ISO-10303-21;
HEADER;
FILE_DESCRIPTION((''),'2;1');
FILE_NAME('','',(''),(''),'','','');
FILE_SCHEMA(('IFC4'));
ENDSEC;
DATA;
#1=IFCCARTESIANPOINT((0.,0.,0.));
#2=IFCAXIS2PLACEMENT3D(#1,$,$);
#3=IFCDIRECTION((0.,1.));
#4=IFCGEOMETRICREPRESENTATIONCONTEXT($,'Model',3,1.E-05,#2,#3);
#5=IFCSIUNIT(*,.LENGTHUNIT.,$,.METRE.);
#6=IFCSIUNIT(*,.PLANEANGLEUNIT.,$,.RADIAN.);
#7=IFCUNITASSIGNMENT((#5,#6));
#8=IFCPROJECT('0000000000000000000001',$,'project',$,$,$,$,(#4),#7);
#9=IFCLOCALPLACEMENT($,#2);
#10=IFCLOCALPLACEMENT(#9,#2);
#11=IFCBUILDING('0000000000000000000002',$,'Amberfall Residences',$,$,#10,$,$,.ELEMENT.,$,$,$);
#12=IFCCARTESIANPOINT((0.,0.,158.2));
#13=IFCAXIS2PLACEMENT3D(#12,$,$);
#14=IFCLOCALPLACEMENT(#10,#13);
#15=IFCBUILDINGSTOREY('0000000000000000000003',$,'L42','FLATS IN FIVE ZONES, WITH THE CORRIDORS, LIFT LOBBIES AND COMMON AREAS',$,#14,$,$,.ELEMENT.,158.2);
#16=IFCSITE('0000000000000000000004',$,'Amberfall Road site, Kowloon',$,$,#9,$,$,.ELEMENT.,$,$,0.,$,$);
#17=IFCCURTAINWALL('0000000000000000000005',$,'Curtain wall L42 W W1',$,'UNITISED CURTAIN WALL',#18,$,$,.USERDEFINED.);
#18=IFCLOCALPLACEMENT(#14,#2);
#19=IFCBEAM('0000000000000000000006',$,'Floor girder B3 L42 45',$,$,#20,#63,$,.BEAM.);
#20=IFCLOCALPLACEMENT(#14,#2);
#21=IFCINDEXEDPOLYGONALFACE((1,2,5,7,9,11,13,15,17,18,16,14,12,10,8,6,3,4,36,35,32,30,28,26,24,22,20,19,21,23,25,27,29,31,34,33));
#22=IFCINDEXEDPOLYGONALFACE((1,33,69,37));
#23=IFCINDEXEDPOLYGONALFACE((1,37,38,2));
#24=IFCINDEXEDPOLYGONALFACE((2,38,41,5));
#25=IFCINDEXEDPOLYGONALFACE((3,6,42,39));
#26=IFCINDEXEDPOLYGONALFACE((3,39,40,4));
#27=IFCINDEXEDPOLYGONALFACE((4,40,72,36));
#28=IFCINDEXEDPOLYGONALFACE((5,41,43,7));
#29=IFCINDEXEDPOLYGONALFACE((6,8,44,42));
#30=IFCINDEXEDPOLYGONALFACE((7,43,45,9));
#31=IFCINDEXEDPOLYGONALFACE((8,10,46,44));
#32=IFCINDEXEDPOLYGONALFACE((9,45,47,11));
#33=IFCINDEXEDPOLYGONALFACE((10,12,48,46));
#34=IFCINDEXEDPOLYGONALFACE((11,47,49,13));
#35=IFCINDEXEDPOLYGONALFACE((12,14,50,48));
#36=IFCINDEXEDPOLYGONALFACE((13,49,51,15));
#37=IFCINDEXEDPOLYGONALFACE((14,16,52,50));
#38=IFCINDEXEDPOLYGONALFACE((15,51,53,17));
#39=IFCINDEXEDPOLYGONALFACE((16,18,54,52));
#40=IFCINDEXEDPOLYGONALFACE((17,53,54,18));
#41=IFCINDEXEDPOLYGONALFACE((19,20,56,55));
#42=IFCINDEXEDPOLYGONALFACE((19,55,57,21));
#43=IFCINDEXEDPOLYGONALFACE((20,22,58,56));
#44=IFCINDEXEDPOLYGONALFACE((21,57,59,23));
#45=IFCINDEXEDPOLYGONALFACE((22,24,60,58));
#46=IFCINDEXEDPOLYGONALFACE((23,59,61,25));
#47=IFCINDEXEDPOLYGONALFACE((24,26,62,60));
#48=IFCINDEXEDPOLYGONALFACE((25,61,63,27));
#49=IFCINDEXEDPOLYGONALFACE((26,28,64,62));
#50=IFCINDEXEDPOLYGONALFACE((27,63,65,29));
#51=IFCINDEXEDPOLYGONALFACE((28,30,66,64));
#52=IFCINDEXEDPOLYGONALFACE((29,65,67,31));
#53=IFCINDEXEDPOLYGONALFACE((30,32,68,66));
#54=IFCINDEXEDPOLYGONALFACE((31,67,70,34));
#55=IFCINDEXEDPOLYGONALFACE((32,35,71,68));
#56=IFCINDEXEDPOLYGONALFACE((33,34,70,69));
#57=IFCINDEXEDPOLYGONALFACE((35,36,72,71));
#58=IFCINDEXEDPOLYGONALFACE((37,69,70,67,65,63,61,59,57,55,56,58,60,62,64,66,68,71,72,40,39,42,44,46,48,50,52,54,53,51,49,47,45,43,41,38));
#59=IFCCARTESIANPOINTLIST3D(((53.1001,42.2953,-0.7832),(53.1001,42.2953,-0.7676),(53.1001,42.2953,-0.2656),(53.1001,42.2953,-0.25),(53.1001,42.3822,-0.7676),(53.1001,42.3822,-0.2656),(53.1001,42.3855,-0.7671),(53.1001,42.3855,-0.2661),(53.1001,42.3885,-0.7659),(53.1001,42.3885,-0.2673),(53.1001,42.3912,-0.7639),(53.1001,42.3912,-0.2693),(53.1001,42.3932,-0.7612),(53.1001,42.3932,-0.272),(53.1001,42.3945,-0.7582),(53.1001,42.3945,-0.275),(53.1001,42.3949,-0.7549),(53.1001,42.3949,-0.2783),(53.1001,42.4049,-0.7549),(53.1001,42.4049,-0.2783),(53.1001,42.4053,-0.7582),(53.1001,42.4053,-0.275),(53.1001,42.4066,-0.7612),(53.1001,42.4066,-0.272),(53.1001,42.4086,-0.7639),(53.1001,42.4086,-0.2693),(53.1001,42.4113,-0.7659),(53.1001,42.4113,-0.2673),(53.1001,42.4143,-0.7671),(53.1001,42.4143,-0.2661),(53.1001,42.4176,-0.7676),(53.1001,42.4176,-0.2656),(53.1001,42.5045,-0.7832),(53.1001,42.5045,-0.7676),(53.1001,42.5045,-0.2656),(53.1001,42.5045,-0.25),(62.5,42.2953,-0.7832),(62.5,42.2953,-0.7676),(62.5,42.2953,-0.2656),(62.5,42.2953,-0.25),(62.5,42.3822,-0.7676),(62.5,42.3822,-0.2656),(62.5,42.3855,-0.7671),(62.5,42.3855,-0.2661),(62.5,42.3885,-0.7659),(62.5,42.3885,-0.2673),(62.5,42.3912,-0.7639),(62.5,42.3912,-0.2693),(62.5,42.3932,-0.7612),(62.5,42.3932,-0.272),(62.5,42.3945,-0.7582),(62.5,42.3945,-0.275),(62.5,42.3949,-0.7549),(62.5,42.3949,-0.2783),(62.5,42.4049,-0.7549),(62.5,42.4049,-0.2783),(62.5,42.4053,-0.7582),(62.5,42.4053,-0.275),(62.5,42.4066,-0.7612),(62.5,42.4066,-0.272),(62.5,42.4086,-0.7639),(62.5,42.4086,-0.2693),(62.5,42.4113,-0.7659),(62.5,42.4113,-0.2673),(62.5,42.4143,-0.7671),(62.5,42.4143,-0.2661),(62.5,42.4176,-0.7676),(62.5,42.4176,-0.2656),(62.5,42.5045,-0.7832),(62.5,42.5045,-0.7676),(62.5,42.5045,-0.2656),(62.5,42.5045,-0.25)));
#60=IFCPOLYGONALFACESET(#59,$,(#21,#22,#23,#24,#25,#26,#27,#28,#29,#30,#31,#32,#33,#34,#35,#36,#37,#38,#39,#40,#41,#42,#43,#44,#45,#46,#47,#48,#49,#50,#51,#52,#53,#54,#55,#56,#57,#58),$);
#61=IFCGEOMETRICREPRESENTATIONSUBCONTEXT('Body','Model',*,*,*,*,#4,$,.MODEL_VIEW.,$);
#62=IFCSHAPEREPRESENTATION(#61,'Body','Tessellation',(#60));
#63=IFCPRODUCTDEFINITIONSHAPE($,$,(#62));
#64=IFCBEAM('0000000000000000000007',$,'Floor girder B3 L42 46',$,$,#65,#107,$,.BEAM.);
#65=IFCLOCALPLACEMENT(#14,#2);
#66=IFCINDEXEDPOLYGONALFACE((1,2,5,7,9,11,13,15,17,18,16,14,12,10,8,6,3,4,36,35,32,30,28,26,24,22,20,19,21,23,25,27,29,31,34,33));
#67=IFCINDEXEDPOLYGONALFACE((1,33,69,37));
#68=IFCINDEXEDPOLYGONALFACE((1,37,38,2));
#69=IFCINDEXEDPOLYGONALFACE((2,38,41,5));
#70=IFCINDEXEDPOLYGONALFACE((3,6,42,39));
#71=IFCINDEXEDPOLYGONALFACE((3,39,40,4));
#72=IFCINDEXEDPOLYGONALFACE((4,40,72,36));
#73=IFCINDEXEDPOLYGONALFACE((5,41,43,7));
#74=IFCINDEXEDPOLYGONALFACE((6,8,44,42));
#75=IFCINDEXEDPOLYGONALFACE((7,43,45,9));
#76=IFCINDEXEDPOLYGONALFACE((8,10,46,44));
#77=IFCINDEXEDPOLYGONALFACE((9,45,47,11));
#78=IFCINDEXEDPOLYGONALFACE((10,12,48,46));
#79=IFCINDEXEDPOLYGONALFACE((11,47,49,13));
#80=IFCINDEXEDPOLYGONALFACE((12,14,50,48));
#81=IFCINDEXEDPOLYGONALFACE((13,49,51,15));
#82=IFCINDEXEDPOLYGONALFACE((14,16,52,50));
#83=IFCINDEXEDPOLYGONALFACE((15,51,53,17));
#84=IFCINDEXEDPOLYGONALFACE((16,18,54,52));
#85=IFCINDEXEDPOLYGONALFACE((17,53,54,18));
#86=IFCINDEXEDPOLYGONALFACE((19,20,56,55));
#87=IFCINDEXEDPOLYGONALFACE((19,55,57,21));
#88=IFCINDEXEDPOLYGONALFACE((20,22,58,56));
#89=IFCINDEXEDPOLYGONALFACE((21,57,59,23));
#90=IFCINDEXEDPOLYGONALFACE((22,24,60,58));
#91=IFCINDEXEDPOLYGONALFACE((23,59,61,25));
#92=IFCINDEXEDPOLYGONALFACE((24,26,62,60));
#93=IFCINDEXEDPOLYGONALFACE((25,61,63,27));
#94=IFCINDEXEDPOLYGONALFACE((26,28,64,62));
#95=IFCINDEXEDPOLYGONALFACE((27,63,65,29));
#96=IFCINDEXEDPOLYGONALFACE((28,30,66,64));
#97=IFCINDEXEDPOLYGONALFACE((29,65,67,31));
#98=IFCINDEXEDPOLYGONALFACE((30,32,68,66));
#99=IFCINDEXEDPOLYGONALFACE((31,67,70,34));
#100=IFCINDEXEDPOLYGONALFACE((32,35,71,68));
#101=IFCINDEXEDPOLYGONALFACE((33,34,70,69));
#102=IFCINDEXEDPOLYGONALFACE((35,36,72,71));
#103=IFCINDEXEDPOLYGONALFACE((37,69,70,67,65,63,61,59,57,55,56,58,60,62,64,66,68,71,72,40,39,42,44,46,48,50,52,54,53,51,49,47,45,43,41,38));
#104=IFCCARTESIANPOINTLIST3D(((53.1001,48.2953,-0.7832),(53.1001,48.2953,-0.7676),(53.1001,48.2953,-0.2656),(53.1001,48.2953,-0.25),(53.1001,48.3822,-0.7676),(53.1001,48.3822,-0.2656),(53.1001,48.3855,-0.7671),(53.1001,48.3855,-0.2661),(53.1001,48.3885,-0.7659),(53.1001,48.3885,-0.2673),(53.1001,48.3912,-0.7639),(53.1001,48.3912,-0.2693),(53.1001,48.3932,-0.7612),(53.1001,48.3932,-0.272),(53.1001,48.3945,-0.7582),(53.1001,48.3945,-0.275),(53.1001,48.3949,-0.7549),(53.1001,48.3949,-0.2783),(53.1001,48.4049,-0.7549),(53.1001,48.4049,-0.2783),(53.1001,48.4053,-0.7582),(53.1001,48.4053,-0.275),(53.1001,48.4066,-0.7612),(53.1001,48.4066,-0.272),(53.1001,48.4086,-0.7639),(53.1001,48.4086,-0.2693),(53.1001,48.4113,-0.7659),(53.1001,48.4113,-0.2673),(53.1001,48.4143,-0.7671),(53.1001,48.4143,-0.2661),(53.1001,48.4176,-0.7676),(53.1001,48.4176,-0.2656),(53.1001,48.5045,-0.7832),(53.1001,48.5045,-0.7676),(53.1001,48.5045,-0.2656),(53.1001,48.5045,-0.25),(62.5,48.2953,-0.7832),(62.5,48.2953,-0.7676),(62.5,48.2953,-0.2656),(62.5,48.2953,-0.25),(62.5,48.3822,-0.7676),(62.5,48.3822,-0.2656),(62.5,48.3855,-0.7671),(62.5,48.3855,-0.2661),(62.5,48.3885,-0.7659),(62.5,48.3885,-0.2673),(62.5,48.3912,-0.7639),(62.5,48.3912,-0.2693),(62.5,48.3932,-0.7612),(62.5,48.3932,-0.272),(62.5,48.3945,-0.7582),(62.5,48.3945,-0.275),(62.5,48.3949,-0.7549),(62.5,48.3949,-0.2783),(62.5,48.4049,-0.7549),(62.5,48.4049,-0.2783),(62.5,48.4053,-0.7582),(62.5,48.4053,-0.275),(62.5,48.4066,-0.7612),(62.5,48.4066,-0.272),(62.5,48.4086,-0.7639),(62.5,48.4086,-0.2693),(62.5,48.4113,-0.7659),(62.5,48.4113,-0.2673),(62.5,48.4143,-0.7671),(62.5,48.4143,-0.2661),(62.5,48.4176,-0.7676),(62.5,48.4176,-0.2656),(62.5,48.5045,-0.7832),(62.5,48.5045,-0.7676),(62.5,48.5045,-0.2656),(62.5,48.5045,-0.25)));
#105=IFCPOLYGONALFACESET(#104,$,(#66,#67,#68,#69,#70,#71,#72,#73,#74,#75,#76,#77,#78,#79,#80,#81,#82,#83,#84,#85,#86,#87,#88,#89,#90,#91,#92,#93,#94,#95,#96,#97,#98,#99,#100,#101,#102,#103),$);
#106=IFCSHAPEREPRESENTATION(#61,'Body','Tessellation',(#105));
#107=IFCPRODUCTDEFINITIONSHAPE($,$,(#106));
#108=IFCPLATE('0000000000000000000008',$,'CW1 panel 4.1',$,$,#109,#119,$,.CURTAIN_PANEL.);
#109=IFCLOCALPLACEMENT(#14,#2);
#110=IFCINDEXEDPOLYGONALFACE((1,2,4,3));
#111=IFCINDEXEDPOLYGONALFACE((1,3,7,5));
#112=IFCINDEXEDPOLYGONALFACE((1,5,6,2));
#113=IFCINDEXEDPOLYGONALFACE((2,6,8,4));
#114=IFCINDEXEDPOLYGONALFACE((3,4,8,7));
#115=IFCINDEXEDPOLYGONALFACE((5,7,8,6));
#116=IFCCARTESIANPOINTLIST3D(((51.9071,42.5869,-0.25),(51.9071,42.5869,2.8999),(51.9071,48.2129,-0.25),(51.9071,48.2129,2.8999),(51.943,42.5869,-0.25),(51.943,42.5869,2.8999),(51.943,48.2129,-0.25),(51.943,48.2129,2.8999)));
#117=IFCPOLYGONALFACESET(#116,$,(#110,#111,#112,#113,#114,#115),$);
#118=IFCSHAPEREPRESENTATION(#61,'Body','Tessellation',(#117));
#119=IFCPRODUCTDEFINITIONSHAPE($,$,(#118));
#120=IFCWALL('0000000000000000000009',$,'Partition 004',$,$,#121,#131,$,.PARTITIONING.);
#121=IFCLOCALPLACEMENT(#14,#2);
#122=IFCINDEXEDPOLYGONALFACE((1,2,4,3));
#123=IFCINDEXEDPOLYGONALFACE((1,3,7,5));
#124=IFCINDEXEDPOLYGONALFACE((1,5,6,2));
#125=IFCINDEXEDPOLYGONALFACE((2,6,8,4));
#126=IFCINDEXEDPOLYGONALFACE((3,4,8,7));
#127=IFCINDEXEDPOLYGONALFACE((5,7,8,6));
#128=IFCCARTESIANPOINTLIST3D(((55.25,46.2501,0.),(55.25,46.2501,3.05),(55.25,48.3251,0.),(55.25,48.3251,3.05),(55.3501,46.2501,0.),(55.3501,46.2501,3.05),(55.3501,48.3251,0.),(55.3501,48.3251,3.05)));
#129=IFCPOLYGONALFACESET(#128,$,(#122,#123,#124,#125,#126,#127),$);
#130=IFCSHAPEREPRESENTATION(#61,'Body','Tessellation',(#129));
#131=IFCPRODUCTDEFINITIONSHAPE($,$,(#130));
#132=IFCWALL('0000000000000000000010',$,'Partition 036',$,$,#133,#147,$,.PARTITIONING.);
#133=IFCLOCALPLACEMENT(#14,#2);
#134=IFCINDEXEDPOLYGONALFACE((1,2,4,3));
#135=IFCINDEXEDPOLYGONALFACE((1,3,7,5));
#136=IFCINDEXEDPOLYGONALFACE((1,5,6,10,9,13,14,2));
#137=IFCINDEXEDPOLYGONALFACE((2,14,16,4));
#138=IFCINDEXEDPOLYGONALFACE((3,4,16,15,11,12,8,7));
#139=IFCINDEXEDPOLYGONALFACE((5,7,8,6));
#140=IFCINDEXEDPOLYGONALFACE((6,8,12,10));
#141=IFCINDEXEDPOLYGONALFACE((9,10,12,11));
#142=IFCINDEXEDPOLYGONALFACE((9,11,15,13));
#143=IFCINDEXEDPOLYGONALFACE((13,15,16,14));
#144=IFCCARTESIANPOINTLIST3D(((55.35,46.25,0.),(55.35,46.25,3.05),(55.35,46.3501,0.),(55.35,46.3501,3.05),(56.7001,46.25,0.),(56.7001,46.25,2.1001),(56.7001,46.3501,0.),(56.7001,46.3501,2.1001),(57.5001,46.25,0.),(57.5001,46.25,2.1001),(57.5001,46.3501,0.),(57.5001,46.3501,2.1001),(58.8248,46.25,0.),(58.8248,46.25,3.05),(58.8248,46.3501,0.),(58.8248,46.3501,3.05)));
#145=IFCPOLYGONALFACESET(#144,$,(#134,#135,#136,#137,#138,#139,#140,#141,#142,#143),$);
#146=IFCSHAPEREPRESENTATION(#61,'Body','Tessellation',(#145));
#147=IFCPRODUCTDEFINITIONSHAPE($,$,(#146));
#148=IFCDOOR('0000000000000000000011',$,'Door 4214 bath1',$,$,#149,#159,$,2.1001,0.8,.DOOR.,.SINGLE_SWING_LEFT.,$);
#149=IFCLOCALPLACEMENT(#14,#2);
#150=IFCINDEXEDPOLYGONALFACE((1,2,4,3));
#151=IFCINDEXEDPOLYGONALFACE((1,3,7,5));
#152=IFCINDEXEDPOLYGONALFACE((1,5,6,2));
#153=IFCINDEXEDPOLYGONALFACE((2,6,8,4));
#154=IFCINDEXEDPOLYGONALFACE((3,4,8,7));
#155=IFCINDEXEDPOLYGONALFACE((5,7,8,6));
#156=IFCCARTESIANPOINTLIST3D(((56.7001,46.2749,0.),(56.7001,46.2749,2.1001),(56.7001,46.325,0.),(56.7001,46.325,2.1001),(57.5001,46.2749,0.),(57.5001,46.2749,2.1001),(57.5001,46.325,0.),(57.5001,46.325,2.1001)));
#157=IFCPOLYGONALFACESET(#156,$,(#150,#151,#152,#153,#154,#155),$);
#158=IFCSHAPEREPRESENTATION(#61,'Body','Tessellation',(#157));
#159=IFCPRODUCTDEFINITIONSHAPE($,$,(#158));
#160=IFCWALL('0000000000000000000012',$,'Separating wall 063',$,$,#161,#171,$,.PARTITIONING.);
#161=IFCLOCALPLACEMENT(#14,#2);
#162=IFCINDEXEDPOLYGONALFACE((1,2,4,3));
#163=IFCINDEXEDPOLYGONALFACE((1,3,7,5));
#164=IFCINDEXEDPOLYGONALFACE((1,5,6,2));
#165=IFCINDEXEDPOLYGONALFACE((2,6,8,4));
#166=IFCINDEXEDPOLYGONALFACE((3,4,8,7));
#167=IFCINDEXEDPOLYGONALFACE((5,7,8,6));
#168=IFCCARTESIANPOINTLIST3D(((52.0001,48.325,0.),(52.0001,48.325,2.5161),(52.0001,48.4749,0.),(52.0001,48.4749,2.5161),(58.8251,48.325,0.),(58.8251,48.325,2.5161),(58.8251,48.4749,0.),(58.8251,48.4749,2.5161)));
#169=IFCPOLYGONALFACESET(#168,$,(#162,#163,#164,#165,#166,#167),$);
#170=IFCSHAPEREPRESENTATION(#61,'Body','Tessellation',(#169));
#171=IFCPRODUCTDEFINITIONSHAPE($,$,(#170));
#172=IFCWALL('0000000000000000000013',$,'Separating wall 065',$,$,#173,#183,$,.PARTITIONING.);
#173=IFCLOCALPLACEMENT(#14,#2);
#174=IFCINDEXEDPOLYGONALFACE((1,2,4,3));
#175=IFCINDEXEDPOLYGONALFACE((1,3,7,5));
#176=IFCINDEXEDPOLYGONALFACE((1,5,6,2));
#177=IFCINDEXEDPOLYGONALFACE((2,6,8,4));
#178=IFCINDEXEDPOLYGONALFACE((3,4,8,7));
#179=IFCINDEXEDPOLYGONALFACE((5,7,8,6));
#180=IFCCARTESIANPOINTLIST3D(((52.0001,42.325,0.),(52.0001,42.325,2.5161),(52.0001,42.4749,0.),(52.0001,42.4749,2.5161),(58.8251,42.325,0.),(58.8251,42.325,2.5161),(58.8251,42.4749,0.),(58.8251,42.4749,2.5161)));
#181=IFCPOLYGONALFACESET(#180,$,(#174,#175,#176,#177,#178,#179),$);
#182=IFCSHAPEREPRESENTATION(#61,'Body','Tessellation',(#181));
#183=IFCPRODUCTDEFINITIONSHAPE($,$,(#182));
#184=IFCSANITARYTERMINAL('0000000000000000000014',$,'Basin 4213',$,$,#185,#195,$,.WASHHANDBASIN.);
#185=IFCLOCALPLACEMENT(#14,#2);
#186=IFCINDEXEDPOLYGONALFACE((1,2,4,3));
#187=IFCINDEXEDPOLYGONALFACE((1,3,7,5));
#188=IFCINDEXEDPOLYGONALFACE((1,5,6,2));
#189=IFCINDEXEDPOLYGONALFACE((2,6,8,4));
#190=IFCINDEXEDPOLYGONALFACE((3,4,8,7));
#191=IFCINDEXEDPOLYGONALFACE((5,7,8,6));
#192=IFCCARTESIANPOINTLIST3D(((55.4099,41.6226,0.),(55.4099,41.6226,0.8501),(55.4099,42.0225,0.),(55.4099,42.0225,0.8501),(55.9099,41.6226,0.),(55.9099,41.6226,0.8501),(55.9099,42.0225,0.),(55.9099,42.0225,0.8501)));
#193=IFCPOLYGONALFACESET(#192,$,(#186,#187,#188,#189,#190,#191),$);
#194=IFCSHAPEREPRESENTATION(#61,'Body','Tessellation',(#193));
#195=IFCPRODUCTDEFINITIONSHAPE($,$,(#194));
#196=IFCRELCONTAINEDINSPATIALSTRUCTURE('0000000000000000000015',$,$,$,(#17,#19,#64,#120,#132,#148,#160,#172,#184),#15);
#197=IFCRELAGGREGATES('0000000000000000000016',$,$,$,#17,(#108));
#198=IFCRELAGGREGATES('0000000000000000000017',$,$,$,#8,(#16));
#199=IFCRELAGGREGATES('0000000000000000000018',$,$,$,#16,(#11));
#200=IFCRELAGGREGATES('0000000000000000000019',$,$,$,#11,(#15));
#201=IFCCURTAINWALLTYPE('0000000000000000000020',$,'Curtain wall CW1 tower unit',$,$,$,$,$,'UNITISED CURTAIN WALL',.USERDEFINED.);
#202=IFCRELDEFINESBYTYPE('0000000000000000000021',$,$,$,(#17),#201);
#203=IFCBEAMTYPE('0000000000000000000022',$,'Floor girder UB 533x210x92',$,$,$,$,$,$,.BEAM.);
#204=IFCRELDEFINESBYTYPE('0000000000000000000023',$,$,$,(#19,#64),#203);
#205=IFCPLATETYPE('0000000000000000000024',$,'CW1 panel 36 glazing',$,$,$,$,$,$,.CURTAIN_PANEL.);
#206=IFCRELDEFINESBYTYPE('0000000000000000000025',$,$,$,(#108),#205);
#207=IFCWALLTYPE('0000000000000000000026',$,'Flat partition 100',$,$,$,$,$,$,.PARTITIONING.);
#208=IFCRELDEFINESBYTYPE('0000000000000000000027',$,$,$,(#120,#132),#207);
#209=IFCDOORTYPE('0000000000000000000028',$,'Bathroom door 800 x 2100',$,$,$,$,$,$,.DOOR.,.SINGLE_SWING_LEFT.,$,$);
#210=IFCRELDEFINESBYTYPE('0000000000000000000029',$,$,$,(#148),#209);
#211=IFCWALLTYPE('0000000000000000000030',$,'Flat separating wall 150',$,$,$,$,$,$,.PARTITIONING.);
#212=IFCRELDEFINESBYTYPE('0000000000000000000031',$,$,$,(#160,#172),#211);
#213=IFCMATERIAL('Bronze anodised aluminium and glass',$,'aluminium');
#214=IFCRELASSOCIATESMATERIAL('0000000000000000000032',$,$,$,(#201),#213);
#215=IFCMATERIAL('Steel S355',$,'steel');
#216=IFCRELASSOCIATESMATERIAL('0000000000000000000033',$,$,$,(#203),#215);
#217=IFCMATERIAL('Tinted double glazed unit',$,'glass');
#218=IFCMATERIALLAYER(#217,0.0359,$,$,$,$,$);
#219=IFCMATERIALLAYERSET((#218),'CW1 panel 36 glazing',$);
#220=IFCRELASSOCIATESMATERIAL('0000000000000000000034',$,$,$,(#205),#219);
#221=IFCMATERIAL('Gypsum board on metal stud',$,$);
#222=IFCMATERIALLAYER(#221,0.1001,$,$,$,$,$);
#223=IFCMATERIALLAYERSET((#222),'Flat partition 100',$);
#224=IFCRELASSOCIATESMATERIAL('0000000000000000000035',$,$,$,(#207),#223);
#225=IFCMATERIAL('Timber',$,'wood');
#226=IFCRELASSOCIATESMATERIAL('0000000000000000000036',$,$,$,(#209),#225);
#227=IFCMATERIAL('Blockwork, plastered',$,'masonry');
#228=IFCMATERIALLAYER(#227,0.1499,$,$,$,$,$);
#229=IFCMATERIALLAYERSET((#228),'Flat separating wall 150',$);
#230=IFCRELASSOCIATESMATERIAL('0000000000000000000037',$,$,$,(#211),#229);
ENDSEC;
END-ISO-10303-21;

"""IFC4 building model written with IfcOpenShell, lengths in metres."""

from ifc_helpers import new_model, si_unit, direction, frame, frame_2d, origin, origin_2d, place, context, subcontext, project, spatial, rectangle, i_section, extrude, material, layer, layer_set, material_profile, profile_set, type_object, element, fill, aggregate, save


model = new_model("IFC4")

# Units and contexts
model_context = context("Model", 3, precision=1e-05, world=origin(), true_north=direction((0.0, 1.0)))
body_context = subcontext(model_context, "Body", "Model", "MODEL_VIEW")
ifc_project = project(units=[si_unit("LENGTHUNIT", "METRE"), si_unit("PLANEANGLEUNIT", "RADIAN")], contexts=[model_context])

# Site, building, storey
site_placement = place(None, origin())
site = spatial("IfcSite", under=ifc_project, at=site_placement, Name="Amberfall Road site, Kowloon", CompositionType="ELEMENT", RefElevation=0.0)
building_placement = place(site_placement, origin())
building = spatial("IfcBuilding", under=site, at=building_placement, Name="Amberfall Residences", CompositionType="ELEMENT")
storey_placement = place(building_placement, frame((0.0, 0.0, 158.2)))
storey = spatial("IfcBuildingStorey", under=building, at=storey_placement, Name="L42", Description="FLATS IN FIVE ZONES, WITH THE CORRIDORS, LIFT LOBBIES AND COMMON AREAS", CompositionType="ELEMENT", Elevation=158.2)

# Curtain wall
ifc_material_1 = material(Name="Bronze anodised aluminium and glass", Category="aluminium")
curtain_wall_type = type_object("IfcCurtainWallType", Name="Curtain wall CW1 tower unit", ElementType="UNITISED CURTAIN WALL", PredefinedType="USERDEFINED", material=ifc_material_1)
curtain_wall_placement = place(storey_placement, origin())
curtain_wall = element("IfcCurtainWall", 1, at=curtain_wall_placement, inside=storey, type_object=curtain_wall_type, Name="Curtain wall L42 W W1", ObjectType="UNITISED CURTAIN WALL", PredefinedType="USERDEFINED")

# Shared definitions
ifc_material_2 = material(Name="Steel S355", Category="steel")

# Beams
ifc_material_profile_1 = material_profile(ifc_material_2, i_section(OverallWidth=0.2092, OverallDepth=0.5332, WebThickness=0.01, FlangeThickness=0.0156, FilletRadius=0.0127, at=origin_2d()), Name="UB 533x210x92")
ifc_profile_set_1 = profile_set([ifc_material_profile_1], Name="Steel S355")
beam_type_1 = type_object("IfcBeamType", Name="Floor girder UB 533x210x92", PredefinedType="BEAM", material=ifc_profile_set_1)
for number, where, z_axis, x_axis, name in (
    (2, (53.1001, 42.3999, -0.5166), (1.0, 0.0, 0.0), (0.0, 1.0, 0.0), "Floor girder B3 L42 45"),
    (3, (53.1001, 48.3999, -0.5166), (1.0, 0.0, 0.0), (0.0, 1.0, 0.0), "Floor girder B3 L42 46"),
):
    element("IfcBeam", number, at=place(storey_placement, frame(where, z_axis=z_axis, x_axis=x_axis)), inside=storey, type_object=beam_type_1, Name=name, PredefinedType="BEAM", context=body_context, shape_type="SweptSolid", body=[
        extrude(i_section(OverallWidth=0.2092, OverallDepth=0.5332, WebThickness=0.01, FlangeThickness=0.0156, FilletRadius=0.0127, at=origin_2d()), origin(), (0.0, 0.0, 1.0), 9.3999),
    ])

# Plate
ifc_material_3 = material(Name="Tinted double glazed unit", Category="glass")
ifc_layer_1 = layer(ifc_material_3, 0.0359)
ifc_layer_set_1 = layer_set([ifc_layer_1], Name="CW1 panel 36 glazing")
plate_type = type_object("IfcPlateType", Name="CW1 panel 36 glazing", PredefinedType="CURTAIN_PANEL", material=ifc_layer_set_1)
plate_placement = place(storey_placement, frame((51.925, 45.3999, -0.25), z_axis=(0.0, 0.0, 1.0), x_axis=(0.0, -1.0, 0.0)))
plate = element("IfcPlate", 4, at=plate_placement, type_object=plate_type, Name="CW1 panel 4.1", PredefinedType="CURTAIN_PANEL", context=body_context, shape_type="SweptSolid", body=[
    extrude(rectangle(XDim=5.626, YDim=0.0359, at=origin_2d()), origin(), (0.0, 0.0, 1.0), 3.1499),
])
aggregate(curtain_wall, [plate])

# Wall
ifc_material_4 = material(Name="Gypsum board on metal stud")
ifc_layer_2 = layer(ifc_material_4, 0.1001)
ifc_layer_set_2 = layer_set([ifc_layer_2], Name="Flat partition 100")
wall_type_1 = type_object("IfcWallType", Name="Flat partition 100", PredefinedType="PARTITIONING", material=ifc_layer_set_2)
wall_1_placement = place(storey_placement, frame((55.3, 46.25, 0.0), z_axis=(0.0, 0.0, 1.0), x_axis=(0.0, 1.0, 0.0)))
element("IfcWall", 5, at=wall_1_placement, inside=storey, type_object=wall_type_1, Name="Partition 004", PredefinedType="PARTITIONING", context=body_context, shape_type="SweptSolid", body=[
    extrude(rectangle(XDim=2.075, YDim=0.1001, at=frame_2d((1.0376, 0.0))), origin(), (0.0, 0.0, 1.0), 3.05),
])

# Wall, opening, door
wall_2_placement = place(storey_placement, frame((55.3501, 46.3, 0.0), z_axis=(0.0, 0.0, 1.0), x_axis=(1.0, 0.0, 0.0)))
wall_2 = element("IfcWall", 6, at=wall_2_placement, inside=storey, type_object=wall_type_1, Name="Partition 036", PredefinedType="PARTITIONING", context=body_context, shape_type="SweptSolid", body=[
    extrude(rectangle(XDim=3.4749, YDim=0.1001, at=frame_2d((1.7373, 0.0))), origin(), (0.0, 0.0, 1.0), 3.05),
])
opening_placement = place(wall_2_placement, frame((1.3501, 0.0, 0.0)))
opening = element("IfcOpeningElement", 7, at=opening_placement, cuts=wall_2, PredefinedType="OPENING", context=body_context, shape_type="SweptSolid", body=[
    extrude(rectangle(XDim=0.8, YDim=2.1001, at=frame_2d((0.3999, 1.05))), frame((0.0, 0.0601, 0.0), z_axis=(0.0, -1.0, 0.0), x_axis=(1.0, 0.0, 0.0)), (0.0, 0.0, 1.0), 0.1201),
])
ifc_material_5 = material(Name="Timber", Category="wood")
door_type = type_object("IfcDoorType", Name="Bathroom door 800 x 2100", OperationType="SINGLE_SWING_LEFT", PredefinedType="DOOR", material=ifc_material_5)
door_placement = place(opening_placement, origin())
door = element("IfcDoor", 8, at=door_placement, inside=storey, type_object=door_type, Name="Door 4214 bath1", OperationType="SINGLE_SWING_LEFT", OverallHeight=2.1001, OverallWidth=0.8, PredefinedType="DOOR", context=body_context, shape_type="SweptSolid", body=[
    extrude(rectangle(XDim=0.8, YDim=2.1001, at=frame_2d((0.3999, 1.05))), frame((0.0, 0.0249, 0.0), z_axis=(0.0, -1.0, 0.0), x_axis=(1.0, 0.0, 0.0)), (0.0, 0.0, 1.0), 0.05),
])
fill(opening, door)

# Walls
ifc_material_6 = material(Name="Blockwork, plastered", Category="masonry")
ifc_layer_3 = layer(ifc_material_6, 0.1499)
ifc_layer_set_3 = layer_set([ifc_layer_3], Name="Flat separating wall 150")
wall_type_2 = type_object("IfcWallType", Name="Flat separating wall 150", PredefinedType="PARTITIONING", material=ifc_layer_set_3)
for number, where, z_axis, x_axis, name in (
    (9, (52.0, 48.3999, 0.0), (0.0, 0.0, 1.0), (1.0, 0.0, 0.0), "Separating wall 063"),
    (10, (52.0, 42.3999, 0.0), (0.0, 0.0, 1.0), (1.0, 0.0, 0.0), "Separating wall 065"),
):
    element("IfcWall", number, at=place(storey_placement, frame(where, z_axis=z_axis, x_axis=x_axis)), inside=storey, type_object=wall_type_2, Name=name, PredefinedType="PARTITIONING", context=body_context, shape_type="SweptSolid", body=[
        extrude(rectangle(XDim=6.825, YDim=0.1499, at=frame_2d((3.4126, 0.0))), origin(), (0.0, 0.0, 1.0), 2.5161),
    ])

# Sanitary terminal
sanitary_terminal_1_placement = place(storey_placement, frame((55.6599, 41.8225, 0.0), z_axis=(0.0, 0.0, 1.0), x_axis=(1.0, 0.0, 0.0)))
element("IfcSanitaryTerminal", 11, at=sanitary_terminal_1_placement, inside=storey, Name="Basin 4213", PredefinedType="WASHHANDBASIN", context=body_context, shape_type="SweptSolid", body=[
    extrude(rectangle(XDim=0.5, YDim=0.3999, at=origin_2d()), origin(), (0.0, 0.0, 1.0), 0.8501),
])

save(model, "model.ifc")
